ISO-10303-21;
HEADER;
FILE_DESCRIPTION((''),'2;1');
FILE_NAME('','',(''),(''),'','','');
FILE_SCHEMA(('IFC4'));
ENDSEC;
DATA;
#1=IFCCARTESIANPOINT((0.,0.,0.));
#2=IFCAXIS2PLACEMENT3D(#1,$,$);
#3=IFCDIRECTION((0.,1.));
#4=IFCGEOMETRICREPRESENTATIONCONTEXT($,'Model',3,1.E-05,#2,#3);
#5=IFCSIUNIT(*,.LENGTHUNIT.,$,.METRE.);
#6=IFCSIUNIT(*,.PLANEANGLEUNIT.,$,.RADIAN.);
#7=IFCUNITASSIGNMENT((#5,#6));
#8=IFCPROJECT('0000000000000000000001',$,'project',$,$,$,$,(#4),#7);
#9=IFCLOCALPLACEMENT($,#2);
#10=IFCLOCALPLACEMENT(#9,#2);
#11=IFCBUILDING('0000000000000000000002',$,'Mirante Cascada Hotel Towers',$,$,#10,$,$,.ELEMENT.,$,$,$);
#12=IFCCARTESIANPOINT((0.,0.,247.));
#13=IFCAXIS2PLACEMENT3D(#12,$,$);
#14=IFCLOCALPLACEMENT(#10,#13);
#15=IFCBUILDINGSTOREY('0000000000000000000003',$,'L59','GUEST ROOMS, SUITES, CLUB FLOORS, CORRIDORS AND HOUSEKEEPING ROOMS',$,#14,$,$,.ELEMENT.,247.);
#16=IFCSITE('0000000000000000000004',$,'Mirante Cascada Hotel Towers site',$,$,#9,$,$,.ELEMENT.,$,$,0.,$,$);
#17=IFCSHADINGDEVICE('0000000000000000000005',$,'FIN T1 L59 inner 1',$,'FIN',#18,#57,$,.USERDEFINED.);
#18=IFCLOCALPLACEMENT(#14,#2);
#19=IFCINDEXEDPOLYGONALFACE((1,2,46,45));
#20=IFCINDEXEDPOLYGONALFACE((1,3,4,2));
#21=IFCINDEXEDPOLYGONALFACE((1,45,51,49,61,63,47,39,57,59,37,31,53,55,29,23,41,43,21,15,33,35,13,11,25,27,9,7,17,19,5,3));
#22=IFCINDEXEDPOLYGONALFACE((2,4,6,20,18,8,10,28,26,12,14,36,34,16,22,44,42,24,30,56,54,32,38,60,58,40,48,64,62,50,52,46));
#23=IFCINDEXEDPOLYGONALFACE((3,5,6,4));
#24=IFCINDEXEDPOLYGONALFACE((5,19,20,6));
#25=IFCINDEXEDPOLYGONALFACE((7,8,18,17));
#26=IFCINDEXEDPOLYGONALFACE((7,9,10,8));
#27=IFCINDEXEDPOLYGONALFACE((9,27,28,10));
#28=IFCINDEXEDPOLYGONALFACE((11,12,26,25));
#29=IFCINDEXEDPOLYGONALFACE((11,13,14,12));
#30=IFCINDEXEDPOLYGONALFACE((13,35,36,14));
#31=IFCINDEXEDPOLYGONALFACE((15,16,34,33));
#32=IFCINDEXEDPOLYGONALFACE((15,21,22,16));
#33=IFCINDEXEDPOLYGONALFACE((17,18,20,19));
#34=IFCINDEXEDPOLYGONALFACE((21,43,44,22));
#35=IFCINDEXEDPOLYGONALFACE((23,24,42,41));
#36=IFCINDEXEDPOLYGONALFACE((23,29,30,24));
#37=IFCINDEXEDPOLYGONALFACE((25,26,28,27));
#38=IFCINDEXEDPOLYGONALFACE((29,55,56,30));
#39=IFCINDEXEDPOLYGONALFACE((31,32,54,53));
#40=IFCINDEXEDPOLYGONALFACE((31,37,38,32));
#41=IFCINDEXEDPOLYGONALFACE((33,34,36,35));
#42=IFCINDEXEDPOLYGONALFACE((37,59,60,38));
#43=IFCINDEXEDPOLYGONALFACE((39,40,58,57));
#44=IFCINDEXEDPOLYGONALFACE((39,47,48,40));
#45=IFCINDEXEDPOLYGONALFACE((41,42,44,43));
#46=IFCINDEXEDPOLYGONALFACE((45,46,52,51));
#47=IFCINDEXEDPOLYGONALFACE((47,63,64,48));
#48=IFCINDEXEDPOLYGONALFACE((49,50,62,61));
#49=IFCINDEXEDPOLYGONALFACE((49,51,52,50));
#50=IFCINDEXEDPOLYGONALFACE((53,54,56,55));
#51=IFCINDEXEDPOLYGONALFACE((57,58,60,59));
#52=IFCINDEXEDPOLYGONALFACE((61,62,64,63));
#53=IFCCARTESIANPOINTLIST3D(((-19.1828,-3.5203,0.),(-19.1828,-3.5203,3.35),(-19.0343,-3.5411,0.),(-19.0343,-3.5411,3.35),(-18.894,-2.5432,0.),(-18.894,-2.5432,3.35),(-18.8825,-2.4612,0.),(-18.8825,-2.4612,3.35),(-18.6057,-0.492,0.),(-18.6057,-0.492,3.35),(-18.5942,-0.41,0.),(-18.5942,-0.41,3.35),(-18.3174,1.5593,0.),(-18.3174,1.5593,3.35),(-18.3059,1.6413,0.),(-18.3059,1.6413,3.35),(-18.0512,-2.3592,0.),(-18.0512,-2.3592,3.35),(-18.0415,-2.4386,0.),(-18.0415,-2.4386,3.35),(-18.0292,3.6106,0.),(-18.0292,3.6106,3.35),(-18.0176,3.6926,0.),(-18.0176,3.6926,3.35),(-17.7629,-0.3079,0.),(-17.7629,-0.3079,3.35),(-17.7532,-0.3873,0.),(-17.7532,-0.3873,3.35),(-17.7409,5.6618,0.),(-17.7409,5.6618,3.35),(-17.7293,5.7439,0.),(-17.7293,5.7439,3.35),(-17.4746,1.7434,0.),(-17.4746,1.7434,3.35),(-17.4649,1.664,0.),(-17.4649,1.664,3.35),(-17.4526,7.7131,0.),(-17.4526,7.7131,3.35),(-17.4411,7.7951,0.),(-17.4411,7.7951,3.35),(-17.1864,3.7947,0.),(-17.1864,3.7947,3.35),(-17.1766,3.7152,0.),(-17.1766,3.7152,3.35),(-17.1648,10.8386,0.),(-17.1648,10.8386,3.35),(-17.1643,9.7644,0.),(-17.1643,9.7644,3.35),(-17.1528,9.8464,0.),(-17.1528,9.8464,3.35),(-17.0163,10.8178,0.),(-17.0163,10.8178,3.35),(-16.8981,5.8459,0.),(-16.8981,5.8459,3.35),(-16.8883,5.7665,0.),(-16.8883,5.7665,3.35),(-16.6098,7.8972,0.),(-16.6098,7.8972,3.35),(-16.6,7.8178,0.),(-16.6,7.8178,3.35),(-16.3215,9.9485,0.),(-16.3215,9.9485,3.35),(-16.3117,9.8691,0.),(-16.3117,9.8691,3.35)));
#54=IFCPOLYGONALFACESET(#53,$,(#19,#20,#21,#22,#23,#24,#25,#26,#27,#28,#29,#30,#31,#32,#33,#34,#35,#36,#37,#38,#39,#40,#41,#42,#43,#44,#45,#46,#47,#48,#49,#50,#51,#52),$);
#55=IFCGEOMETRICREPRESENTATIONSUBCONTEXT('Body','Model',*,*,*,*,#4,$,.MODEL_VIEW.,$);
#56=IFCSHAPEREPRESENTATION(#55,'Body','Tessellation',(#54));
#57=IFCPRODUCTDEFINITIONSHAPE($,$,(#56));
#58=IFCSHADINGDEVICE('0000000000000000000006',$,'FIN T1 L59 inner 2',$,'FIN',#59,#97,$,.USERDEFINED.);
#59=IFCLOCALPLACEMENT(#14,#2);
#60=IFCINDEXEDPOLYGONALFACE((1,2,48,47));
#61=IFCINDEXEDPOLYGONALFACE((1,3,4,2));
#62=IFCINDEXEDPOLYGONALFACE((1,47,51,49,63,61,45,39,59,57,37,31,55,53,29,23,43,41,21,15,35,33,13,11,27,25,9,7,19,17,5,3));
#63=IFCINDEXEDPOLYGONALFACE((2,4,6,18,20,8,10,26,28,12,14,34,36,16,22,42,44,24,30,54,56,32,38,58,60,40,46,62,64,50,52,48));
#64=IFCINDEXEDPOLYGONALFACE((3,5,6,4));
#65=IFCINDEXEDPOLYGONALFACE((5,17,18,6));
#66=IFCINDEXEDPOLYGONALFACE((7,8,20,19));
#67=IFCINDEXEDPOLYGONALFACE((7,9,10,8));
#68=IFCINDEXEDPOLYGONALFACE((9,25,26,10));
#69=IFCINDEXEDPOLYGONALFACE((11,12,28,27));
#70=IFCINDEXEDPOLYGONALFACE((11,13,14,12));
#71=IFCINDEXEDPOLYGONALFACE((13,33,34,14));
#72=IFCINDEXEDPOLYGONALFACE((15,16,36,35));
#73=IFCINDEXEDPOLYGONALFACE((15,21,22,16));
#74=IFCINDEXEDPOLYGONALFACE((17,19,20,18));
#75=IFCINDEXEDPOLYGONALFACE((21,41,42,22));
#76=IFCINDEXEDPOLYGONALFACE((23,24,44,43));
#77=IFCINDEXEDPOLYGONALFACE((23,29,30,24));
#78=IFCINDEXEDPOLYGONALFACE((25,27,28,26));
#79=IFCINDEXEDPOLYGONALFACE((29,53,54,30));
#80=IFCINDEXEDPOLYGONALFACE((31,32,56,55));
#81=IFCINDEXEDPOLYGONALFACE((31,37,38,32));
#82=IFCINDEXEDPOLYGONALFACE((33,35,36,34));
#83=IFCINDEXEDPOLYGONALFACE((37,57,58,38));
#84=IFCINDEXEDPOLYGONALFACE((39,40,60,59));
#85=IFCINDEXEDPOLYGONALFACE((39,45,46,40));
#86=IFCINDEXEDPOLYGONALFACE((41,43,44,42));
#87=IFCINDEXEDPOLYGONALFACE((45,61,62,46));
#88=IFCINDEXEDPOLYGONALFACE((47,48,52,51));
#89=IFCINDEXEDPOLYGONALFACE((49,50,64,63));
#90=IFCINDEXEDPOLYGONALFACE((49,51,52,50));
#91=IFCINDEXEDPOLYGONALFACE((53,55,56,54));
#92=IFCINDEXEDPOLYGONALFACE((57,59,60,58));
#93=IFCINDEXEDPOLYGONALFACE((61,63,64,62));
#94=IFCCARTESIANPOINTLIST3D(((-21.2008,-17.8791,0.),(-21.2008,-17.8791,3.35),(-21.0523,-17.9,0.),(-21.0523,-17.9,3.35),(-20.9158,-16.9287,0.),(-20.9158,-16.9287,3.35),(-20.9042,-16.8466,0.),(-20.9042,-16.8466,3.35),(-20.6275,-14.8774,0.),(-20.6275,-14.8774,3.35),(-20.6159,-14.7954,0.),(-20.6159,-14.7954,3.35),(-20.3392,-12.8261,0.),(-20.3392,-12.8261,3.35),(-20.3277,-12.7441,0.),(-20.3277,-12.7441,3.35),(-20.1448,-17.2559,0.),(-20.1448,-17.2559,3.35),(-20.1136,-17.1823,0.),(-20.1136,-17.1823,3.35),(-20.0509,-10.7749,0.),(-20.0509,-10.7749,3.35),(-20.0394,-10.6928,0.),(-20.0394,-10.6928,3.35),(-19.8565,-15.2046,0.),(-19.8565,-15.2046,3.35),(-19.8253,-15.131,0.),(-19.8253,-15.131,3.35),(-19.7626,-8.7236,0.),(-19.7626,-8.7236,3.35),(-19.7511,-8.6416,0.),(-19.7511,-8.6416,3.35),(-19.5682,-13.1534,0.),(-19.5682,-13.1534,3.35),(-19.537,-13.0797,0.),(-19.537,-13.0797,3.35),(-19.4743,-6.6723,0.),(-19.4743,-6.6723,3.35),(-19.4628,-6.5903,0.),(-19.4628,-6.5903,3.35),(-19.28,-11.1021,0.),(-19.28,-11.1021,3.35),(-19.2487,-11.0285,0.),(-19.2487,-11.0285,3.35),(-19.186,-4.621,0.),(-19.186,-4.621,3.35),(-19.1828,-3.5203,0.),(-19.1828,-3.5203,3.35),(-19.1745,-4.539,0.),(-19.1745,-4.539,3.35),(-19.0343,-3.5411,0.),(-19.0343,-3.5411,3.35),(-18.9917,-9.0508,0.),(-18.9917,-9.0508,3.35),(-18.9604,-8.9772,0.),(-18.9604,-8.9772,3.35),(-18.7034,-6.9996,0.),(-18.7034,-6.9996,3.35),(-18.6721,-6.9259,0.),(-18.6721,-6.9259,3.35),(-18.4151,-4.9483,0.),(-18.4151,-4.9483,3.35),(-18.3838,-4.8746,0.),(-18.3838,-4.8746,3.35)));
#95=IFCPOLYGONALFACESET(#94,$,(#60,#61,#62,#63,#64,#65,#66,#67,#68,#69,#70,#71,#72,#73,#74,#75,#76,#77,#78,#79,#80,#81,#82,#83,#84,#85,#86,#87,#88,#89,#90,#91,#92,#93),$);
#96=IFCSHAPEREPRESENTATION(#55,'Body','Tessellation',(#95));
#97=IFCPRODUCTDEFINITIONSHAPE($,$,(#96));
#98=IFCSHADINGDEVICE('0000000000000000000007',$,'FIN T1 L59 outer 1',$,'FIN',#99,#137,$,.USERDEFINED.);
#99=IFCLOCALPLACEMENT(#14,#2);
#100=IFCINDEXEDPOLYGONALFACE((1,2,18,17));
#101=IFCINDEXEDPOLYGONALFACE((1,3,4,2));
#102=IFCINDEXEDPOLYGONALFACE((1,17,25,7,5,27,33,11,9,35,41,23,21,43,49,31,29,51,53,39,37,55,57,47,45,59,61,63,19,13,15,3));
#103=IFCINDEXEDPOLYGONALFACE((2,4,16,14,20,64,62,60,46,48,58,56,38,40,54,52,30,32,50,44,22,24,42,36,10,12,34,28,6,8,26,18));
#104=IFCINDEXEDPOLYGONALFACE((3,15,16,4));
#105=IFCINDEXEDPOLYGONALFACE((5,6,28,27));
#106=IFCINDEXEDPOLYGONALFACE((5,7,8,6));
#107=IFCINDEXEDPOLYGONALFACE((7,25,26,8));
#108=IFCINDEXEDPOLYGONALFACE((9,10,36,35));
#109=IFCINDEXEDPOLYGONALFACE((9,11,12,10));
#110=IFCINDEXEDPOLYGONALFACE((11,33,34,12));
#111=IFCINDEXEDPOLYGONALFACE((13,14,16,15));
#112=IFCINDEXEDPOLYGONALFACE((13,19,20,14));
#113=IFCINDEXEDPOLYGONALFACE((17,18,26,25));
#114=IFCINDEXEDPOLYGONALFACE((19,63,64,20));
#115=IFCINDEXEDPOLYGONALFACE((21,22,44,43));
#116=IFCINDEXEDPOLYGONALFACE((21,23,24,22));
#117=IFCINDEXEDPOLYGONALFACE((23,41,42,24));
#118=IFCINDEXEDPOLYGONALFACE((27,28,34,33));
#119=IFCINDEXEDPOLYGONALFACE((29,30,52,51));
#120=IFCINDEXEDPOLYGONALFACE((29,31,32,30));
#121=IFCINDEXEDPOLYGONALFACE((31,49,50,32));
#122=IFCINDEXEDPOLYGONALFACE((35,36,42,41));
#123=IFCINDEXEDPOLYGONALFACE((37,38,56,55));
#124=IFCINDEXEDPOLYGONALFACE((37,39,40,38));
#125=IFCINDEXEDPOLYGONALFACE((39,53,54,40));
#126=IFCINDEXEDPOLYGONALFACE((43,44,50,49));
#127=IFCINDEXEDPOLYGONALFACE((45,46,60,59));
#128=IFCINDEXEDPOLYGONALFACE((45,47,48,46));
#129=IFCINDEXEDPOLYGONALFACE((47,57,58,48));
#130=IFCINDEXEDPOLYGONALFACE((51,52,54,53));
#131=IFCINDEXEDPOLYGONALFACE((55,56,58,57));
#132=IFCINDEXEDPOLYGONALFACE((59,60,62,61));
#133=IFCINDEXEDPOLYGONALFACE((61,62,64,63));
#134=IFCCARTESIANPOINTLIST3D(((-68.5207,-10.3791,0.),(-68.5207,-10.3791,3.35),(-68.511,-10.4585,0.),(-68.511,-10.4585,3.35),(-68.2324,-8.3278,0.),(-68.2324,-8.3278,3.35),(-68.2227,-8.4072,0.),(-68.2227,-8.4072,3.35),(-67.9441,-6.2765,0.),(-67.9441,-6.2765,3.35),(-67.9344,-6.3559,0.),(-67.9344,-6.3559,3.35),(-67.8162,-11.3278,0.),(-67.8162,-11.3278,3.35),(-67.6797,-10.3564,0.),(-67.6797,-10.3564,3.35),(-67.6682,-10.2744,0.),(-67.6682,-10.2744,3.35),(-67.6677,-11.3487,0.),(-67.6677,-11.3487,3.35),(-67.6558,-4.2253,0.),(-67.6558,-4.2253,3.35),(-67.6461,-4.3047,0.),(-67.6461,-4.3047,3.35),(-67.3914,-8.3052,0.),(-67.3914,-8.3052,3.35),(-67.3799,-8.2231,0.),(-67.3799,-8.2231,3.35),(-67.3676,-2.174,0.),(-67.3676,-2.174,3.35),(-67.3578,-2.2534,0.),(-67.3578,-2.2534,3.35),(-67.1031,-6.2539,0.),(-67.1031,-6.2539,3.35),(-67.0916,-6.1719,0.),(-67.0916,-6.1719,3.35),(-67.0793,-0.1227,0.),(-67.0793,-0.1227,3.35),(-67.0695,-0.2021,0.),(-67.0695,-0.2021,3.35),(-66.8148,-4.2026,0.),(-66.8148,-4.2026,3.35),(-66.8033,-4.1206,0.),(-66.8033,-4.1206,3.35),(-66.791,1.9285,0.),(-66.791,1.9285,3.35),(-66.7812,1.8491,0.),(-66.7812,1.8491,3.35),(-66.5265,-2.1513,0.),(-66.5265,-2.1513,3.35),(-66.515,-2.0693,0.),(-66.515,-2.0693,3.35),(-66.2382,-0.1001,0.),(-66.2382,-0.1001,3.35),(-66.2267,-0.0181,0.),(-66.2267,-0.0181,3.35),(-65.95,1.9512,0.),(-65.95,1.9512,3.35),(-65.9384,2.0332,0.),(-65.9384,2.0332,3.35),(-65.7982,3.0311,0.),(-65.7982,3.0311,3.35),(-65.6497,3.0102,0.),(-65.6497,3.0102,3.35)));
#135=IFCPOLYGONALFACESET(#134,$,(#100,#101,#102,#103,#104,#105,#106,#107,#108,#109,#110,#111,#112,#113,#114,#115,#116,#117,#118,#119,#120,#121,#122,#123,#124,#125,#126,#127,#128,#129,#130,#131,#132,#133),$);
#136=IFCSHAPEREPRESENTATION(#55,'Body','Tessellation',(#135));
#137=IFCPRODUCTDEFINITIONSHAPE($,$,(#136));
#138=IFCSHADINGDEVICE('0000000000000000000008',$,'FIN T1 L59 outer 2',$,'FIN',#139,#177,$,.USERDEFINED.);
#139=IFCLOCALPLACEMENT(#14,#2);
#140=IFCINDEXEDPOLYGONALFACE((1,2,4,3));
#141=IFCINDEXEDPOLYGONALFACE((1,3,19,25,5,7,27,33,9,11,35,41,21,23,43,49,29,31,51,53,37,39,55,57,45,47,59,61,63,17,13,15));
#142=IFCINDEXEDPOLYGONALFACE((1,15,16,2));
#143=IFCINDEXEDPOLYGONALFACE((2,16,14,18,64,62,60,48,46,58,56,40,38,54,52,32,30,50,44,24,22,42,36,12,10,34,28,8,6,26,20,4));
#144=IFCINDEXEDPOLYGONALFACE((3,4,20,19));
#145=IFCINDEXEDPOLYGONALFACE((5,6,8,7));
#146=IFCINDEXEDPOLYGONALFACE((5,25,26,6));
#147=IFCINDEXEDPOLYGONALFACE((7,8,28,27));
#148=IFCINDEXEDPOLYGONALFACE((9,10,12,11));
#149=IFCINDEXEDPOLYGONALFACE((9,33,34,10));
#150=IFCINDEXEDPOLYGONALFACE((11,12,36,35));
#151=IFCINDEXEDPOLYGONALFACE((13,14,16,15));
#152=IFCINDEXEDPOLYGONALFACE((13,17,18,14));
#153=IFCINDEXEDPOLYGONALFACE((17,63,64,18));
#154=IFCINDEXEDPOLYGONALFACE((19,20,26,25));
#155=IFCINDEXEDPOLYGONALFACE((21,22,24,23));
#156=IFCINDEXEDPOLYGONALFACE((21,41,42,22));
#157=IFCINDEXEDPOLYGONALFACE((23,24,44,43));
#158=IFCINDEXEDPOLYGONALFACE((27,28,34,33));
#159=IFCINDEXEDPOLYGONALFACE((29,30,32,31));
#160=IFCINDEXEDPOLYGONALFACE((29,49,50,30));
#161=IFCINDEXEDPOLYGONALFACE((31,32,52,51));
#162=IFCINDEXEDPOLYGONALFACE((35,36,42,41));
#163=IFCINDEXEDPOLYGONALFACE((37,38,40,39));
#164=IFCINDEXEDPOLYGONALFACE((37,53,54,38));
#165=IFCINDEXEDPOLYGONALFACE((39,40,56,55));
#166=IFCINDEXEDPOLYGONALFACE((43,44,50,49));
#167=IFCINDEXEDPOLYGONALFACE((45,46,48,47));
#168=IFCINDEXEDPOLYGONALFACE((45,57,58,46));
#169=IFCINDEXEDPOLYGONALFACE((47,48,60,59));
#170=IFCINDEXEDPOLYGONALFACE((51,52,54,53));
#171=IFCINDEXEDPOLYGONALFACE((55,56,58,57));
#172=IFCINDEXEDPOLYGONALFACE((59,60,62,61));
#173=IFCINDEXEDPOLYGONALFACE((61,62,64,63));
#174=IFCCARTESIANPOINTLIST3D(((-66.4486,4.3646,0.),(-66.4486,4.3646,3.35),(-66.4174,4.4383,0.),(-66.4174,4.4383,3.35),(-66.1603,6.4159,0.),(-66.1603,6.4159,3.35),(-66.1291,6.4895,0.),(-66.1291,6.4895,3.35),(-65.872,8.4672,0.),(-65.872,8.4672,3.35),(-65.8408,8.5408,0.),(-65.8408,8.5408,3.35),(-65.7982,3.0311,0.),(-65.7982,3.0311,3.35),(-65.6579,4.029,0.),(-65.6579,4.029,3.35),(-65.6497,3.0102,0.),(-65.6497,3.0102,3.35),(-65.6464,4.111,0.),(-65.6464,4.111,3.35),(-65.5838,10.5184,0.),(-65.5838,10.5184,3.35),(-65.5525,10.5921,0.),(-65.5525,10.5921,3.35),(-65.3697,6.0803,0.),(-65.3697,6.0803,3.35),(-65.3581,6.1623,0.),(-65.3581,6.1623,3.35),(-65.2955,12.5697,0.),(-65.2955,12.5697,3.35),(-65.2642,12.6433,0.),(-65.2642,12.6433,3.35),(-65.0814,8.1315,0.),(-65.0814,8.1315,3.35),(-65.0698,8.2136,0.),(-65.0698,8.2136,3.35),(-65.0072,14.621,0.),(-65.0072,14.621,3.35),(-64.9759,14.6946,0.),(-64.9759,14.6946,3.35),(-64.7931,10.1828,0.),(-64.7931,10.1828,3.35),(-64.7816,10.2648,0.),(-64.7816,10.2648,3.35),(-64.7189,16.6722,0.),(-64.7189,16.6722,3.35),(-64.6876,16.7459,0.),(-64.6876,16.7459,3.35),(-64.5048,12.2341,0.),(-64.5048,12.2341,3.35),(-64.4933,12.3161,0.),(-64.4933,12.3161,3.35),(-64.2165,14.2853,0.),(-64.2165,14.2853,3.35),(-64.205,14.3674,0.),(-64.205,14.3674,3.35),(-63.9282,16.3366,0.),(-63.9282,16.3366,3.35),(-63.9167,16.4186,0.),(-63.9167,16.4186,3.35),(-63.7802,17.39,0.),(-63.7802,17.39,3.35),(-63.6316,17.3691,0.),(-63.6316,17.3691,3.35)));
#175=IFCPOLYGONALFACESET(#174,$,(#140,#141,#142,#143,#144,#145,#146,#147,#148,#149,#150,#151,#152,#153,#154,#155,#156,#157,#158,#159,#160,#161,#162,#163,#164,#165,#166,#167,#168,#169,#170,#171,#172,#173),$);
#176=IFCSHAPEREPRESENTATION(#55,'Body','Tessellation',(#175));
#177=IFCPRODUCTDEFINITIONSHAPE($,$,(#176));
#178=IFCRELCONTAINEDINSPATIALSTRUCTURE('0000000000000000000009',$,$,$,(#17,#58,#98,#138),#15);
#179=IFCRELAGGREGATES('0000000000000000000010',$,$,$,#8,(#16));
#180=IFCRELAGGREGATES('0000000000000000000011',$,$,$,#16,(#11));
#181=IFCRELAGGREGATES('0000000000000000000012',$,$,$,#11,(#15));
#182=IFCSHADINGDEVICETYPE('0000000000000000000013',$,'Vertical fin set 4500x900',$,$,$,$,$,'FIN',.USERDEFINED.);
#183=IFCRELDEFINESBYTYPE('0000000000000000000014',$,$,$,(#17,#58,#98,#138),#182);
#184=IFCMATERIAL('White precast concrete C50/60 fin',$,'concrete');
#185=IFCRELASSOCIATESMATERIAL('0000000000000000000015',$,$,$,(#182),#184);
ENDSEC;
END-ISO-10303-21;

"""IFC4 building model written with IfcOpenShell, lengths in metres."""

from ifc_helpers import new_model, si_unit, direction, frame, origin, place, context, subcontext, project, spatial, polyline, outline, extrude, material, type_object, element, save


model = new_model("IFC4")

# Units and contexts
model_context = context("Model", 3, precision=1e-05, world=origin(), true_north=direction((0.0, 1.0)))
body_context = subcontext(model_context, "Body", "Model", "MODEL_VIEW")
ifc_project = project(units=[si_unit("LENGTHUNIT", "METRE"), si_unit("PLANEANGLEUNIT", "RADIAN")], contexts=[model_context])

# Site, building, storey
site_placement = place(None, origin())
site = spatial("IfcSite", under=ifc_project, at=site_placement, Name="Mirante Cascada Hotel Towers site", CompositionType="ELEMENT", RefElevation=0.0)
building_placement = place(site_placement, origin())
building = spatial("IfcBuilding", under=site, at=building_placement, Name="Mirante Cascada Hotel Towers", CompositionType="ELEMENT")
storey_placement = place(building_placement, frame((0.0, 0.0, 247.0)))
storey = spatial("IfcBuildingStorey", under=building, at=storey_placement, Name="L59", Description="GUEST ROOMS, SUITES, CLUB FLOORS, CORRIDORS AND HOUSEKEEPING ROOMS", CompositionType="ELEMENT", Elevation=247.0)

# Shading devices
ifc_material_1 = material(Name="White precast concrete C50/60 fin", Category="concrete")
shading_device_type = type_object("IfcShadingDeviceType", Name="Vertical fin set 4500x900", ElementType="FIN", PredefinedType="USERDEFINED", material=ifc_material_1)
shading_device_1_placement = place(storey_placement, origin())
element("IfcShadingDevice", 1, at=shading_device_1_placement, inside=storey, type_object=shading_device_type, Name="FIN T1 L59 inner 1", ObjectType="FIN", PredefinedType="USERDEFINED", context=body_context, shape_type="SweptSolid", body=[
    extrude(outline(polyline([(-18.894, -2.5432), (-19.0343, -3.5411), (-19.1828, -3.5203), (-17.1648, 10.8386), (-17.0163, 10.8178), (-17.1528, 9.8464), (-16.3215, 9.9485), (-16.3117, 9.8691), (-17.1643, 9.7644), (-17.4411, 7.7951), (-16.6098, 7.8972), (-16.6, 7.8178), (-17.4526, 7.7131), (-17.7293, 5.7439), (-16.8981, 5.8459), (-16.8883, 5.7665), (-17.7409, 5.6618), (-18.0176, 3.6926), (-17.1864, 3.7947), (-17.1766, 3.7152), (-18.0292, 3.6106), (-18.3059, 1.6413), (-17.4746, 1.7434), (-17.4649, 1.664), (-18.3174, 1.5593), (-18.5942, -0.41), (-17.7629, -0.3079), (-17.7532, -0.3873), (-18.6057, -0.492), (-18.8825, -2.4612), (-18.0512, -2.3592), (-18.0415, -2.4386), (-18.894, -2.5432)])), origin(), (0.0, 0.0, 1.0), 3.35),
])
shading_device_2_placement = place(storey_placement, origin())
element("IfcShadingDevice", 2, at=shading_device_2_placement, inside=storey, type_object=shading_device_type, Name="FIN T1 L59 inner 2", ObjectType="FIN", PredefinedType="USERDEFINED", context=body_context, shape_type="SweptSolid", body=[
    extrude(outline(polyline([(-20.9158, -16.9287), (-21.0523, -17.9), (-21.2008, -17.8791), (-19.1828, -3.5203), (-19.0343, -3.5411), (-19.1745, -4.539), (-18.3838, -4.8746), (-18.4151, -4.9483), (-19.186, -4.621), (-19.4628, -6.5903), (-18.6721, -6.9259), (-18.7034, -6.9996), (-19.4743, -6.6723), (-19.7511, -8.6416), (-18.9604, -8.9772), (-18.9917, -9.0508), (-19.7626, -8.7236), (-20.0394, -10.6928), (-19.2487, -11.0285), (-19.28, -11.1021), (-20.0509, -10.7749), (-20.3277, -12.7441), (-19.537, -13.0797), (-19.5682, -13.1534), (-20.3392, -12.8261), (-20.6159, -14.7954), (-19.8253, -15.131), (-19.8565, -15.2046), (-20.6275, -14.8774), (-20.9042, -16.8466), (-20.1136, -17.1823), (-20.1448, -17.2559), (-20.9158, -16.9287)])), origin(), (0.0, 0.0, 1.0), 3.35),
])
shading_device_3_placement = place(storey_placement, origin())
element("IfcShadingDevice", 3, at=shading_device_3_placement, inside=storey, type_object=shading_device_type, Name="FIN T1 L59 outer 1", ObjectType="FIN", PredefinedType="USERDEFINED", context=body_context, shape_type="SweptSolid", body=[
    extrude(outline(polyline([(-67.6682, -10.2744), (-67.3914, -8.3052), (-68.2227, -8.4072), (-68.2324, -8.3278), (-67.3799, -8.2231), (-67.1031, -6.2539), (-67.9344, -6.3559), (-67.9441, -6.2765), (-67.0916, -6.1719), (-66.8148, -4.2026), (-67.6461, -4.3047), (-67.6558, -4.2253), (-66.8033, -4.1206), (-66.5265, -2.1513), (-67.3578, -2.2534), (-67.3676, -2.174), (-66.515, -2.0693), (-66.2382, -0.1001), (-67.0695, -0.2021), (-67.0793, -0.1227), (-66.2267, -0.0181), (-65.95, 1.9512), (-66.7812, 1.8491), (-66.791, 1.9285), (-65.9384, 2.0332), (-65.7982, 3.0311), (-65.6497, 3.0102), (-67.6677, -11.3487), (-67.8162, -11.3278), (-67.6797, -10.3564), (-68.511, -10.4585), (-68.5207, -10.3791), (-67.6682, -10.2744)])), origin(), (0.0, 0.0, 1.0), 3.35),
])
shading_device_4_placement = place(storey_placement, origin())
element("IfcShadingDevice", 4, at=shading_device_4_placement, inside=storey, type_object=shading_device_type, Name="FIN T1 L59 outer 2", ObjectType="FIN", PredefinedType="USERDEFINED", context=body_context, shape_type="SweptSolid", body=[
    extrude(outline(polyline([(-65.6464, 4.111), (-65.3697, 6.0803), (-66.1603, 6.4159), (-66.1291, 6.4895), (-65.3581, 6.1623), (-65.0814, 8.1315), (-65.872, 8.4672), (-65.8408, 8.5408), (-65.0698, 8.2136), (-64.7931, 10.1828), (-65.5838, 10.5184), (-65.5525, 10.5921), (-64.7816, 10.2648), (-64.5048, 12.2341), (-65.2955, 12.5697), (-65.2642, 12.6433), (-64.4933, 12.3161), (-64.2165, 14.2853), (-65.0072, 14.621), (-64.9759, 14.6946), (-64.205, 14.3674), (-63.9282, 16.3366), (-64.7189, 16.6722), (-64.6876, 16.7459), (-63.9167, 16.4186), (-63.7802, 17.39), (-63.6316, 17.3691), (-65.6497, 3.0102), (-65.7982, 3.0311), (-65.6579, 4.029), (-66.4486, 4.3646), (-66.4174, 4.4383), (-65.6464, 4.111)])), origin(), (0.0, 0.0, 1.0), 3.35),
])

save(model, "model.ifc")
